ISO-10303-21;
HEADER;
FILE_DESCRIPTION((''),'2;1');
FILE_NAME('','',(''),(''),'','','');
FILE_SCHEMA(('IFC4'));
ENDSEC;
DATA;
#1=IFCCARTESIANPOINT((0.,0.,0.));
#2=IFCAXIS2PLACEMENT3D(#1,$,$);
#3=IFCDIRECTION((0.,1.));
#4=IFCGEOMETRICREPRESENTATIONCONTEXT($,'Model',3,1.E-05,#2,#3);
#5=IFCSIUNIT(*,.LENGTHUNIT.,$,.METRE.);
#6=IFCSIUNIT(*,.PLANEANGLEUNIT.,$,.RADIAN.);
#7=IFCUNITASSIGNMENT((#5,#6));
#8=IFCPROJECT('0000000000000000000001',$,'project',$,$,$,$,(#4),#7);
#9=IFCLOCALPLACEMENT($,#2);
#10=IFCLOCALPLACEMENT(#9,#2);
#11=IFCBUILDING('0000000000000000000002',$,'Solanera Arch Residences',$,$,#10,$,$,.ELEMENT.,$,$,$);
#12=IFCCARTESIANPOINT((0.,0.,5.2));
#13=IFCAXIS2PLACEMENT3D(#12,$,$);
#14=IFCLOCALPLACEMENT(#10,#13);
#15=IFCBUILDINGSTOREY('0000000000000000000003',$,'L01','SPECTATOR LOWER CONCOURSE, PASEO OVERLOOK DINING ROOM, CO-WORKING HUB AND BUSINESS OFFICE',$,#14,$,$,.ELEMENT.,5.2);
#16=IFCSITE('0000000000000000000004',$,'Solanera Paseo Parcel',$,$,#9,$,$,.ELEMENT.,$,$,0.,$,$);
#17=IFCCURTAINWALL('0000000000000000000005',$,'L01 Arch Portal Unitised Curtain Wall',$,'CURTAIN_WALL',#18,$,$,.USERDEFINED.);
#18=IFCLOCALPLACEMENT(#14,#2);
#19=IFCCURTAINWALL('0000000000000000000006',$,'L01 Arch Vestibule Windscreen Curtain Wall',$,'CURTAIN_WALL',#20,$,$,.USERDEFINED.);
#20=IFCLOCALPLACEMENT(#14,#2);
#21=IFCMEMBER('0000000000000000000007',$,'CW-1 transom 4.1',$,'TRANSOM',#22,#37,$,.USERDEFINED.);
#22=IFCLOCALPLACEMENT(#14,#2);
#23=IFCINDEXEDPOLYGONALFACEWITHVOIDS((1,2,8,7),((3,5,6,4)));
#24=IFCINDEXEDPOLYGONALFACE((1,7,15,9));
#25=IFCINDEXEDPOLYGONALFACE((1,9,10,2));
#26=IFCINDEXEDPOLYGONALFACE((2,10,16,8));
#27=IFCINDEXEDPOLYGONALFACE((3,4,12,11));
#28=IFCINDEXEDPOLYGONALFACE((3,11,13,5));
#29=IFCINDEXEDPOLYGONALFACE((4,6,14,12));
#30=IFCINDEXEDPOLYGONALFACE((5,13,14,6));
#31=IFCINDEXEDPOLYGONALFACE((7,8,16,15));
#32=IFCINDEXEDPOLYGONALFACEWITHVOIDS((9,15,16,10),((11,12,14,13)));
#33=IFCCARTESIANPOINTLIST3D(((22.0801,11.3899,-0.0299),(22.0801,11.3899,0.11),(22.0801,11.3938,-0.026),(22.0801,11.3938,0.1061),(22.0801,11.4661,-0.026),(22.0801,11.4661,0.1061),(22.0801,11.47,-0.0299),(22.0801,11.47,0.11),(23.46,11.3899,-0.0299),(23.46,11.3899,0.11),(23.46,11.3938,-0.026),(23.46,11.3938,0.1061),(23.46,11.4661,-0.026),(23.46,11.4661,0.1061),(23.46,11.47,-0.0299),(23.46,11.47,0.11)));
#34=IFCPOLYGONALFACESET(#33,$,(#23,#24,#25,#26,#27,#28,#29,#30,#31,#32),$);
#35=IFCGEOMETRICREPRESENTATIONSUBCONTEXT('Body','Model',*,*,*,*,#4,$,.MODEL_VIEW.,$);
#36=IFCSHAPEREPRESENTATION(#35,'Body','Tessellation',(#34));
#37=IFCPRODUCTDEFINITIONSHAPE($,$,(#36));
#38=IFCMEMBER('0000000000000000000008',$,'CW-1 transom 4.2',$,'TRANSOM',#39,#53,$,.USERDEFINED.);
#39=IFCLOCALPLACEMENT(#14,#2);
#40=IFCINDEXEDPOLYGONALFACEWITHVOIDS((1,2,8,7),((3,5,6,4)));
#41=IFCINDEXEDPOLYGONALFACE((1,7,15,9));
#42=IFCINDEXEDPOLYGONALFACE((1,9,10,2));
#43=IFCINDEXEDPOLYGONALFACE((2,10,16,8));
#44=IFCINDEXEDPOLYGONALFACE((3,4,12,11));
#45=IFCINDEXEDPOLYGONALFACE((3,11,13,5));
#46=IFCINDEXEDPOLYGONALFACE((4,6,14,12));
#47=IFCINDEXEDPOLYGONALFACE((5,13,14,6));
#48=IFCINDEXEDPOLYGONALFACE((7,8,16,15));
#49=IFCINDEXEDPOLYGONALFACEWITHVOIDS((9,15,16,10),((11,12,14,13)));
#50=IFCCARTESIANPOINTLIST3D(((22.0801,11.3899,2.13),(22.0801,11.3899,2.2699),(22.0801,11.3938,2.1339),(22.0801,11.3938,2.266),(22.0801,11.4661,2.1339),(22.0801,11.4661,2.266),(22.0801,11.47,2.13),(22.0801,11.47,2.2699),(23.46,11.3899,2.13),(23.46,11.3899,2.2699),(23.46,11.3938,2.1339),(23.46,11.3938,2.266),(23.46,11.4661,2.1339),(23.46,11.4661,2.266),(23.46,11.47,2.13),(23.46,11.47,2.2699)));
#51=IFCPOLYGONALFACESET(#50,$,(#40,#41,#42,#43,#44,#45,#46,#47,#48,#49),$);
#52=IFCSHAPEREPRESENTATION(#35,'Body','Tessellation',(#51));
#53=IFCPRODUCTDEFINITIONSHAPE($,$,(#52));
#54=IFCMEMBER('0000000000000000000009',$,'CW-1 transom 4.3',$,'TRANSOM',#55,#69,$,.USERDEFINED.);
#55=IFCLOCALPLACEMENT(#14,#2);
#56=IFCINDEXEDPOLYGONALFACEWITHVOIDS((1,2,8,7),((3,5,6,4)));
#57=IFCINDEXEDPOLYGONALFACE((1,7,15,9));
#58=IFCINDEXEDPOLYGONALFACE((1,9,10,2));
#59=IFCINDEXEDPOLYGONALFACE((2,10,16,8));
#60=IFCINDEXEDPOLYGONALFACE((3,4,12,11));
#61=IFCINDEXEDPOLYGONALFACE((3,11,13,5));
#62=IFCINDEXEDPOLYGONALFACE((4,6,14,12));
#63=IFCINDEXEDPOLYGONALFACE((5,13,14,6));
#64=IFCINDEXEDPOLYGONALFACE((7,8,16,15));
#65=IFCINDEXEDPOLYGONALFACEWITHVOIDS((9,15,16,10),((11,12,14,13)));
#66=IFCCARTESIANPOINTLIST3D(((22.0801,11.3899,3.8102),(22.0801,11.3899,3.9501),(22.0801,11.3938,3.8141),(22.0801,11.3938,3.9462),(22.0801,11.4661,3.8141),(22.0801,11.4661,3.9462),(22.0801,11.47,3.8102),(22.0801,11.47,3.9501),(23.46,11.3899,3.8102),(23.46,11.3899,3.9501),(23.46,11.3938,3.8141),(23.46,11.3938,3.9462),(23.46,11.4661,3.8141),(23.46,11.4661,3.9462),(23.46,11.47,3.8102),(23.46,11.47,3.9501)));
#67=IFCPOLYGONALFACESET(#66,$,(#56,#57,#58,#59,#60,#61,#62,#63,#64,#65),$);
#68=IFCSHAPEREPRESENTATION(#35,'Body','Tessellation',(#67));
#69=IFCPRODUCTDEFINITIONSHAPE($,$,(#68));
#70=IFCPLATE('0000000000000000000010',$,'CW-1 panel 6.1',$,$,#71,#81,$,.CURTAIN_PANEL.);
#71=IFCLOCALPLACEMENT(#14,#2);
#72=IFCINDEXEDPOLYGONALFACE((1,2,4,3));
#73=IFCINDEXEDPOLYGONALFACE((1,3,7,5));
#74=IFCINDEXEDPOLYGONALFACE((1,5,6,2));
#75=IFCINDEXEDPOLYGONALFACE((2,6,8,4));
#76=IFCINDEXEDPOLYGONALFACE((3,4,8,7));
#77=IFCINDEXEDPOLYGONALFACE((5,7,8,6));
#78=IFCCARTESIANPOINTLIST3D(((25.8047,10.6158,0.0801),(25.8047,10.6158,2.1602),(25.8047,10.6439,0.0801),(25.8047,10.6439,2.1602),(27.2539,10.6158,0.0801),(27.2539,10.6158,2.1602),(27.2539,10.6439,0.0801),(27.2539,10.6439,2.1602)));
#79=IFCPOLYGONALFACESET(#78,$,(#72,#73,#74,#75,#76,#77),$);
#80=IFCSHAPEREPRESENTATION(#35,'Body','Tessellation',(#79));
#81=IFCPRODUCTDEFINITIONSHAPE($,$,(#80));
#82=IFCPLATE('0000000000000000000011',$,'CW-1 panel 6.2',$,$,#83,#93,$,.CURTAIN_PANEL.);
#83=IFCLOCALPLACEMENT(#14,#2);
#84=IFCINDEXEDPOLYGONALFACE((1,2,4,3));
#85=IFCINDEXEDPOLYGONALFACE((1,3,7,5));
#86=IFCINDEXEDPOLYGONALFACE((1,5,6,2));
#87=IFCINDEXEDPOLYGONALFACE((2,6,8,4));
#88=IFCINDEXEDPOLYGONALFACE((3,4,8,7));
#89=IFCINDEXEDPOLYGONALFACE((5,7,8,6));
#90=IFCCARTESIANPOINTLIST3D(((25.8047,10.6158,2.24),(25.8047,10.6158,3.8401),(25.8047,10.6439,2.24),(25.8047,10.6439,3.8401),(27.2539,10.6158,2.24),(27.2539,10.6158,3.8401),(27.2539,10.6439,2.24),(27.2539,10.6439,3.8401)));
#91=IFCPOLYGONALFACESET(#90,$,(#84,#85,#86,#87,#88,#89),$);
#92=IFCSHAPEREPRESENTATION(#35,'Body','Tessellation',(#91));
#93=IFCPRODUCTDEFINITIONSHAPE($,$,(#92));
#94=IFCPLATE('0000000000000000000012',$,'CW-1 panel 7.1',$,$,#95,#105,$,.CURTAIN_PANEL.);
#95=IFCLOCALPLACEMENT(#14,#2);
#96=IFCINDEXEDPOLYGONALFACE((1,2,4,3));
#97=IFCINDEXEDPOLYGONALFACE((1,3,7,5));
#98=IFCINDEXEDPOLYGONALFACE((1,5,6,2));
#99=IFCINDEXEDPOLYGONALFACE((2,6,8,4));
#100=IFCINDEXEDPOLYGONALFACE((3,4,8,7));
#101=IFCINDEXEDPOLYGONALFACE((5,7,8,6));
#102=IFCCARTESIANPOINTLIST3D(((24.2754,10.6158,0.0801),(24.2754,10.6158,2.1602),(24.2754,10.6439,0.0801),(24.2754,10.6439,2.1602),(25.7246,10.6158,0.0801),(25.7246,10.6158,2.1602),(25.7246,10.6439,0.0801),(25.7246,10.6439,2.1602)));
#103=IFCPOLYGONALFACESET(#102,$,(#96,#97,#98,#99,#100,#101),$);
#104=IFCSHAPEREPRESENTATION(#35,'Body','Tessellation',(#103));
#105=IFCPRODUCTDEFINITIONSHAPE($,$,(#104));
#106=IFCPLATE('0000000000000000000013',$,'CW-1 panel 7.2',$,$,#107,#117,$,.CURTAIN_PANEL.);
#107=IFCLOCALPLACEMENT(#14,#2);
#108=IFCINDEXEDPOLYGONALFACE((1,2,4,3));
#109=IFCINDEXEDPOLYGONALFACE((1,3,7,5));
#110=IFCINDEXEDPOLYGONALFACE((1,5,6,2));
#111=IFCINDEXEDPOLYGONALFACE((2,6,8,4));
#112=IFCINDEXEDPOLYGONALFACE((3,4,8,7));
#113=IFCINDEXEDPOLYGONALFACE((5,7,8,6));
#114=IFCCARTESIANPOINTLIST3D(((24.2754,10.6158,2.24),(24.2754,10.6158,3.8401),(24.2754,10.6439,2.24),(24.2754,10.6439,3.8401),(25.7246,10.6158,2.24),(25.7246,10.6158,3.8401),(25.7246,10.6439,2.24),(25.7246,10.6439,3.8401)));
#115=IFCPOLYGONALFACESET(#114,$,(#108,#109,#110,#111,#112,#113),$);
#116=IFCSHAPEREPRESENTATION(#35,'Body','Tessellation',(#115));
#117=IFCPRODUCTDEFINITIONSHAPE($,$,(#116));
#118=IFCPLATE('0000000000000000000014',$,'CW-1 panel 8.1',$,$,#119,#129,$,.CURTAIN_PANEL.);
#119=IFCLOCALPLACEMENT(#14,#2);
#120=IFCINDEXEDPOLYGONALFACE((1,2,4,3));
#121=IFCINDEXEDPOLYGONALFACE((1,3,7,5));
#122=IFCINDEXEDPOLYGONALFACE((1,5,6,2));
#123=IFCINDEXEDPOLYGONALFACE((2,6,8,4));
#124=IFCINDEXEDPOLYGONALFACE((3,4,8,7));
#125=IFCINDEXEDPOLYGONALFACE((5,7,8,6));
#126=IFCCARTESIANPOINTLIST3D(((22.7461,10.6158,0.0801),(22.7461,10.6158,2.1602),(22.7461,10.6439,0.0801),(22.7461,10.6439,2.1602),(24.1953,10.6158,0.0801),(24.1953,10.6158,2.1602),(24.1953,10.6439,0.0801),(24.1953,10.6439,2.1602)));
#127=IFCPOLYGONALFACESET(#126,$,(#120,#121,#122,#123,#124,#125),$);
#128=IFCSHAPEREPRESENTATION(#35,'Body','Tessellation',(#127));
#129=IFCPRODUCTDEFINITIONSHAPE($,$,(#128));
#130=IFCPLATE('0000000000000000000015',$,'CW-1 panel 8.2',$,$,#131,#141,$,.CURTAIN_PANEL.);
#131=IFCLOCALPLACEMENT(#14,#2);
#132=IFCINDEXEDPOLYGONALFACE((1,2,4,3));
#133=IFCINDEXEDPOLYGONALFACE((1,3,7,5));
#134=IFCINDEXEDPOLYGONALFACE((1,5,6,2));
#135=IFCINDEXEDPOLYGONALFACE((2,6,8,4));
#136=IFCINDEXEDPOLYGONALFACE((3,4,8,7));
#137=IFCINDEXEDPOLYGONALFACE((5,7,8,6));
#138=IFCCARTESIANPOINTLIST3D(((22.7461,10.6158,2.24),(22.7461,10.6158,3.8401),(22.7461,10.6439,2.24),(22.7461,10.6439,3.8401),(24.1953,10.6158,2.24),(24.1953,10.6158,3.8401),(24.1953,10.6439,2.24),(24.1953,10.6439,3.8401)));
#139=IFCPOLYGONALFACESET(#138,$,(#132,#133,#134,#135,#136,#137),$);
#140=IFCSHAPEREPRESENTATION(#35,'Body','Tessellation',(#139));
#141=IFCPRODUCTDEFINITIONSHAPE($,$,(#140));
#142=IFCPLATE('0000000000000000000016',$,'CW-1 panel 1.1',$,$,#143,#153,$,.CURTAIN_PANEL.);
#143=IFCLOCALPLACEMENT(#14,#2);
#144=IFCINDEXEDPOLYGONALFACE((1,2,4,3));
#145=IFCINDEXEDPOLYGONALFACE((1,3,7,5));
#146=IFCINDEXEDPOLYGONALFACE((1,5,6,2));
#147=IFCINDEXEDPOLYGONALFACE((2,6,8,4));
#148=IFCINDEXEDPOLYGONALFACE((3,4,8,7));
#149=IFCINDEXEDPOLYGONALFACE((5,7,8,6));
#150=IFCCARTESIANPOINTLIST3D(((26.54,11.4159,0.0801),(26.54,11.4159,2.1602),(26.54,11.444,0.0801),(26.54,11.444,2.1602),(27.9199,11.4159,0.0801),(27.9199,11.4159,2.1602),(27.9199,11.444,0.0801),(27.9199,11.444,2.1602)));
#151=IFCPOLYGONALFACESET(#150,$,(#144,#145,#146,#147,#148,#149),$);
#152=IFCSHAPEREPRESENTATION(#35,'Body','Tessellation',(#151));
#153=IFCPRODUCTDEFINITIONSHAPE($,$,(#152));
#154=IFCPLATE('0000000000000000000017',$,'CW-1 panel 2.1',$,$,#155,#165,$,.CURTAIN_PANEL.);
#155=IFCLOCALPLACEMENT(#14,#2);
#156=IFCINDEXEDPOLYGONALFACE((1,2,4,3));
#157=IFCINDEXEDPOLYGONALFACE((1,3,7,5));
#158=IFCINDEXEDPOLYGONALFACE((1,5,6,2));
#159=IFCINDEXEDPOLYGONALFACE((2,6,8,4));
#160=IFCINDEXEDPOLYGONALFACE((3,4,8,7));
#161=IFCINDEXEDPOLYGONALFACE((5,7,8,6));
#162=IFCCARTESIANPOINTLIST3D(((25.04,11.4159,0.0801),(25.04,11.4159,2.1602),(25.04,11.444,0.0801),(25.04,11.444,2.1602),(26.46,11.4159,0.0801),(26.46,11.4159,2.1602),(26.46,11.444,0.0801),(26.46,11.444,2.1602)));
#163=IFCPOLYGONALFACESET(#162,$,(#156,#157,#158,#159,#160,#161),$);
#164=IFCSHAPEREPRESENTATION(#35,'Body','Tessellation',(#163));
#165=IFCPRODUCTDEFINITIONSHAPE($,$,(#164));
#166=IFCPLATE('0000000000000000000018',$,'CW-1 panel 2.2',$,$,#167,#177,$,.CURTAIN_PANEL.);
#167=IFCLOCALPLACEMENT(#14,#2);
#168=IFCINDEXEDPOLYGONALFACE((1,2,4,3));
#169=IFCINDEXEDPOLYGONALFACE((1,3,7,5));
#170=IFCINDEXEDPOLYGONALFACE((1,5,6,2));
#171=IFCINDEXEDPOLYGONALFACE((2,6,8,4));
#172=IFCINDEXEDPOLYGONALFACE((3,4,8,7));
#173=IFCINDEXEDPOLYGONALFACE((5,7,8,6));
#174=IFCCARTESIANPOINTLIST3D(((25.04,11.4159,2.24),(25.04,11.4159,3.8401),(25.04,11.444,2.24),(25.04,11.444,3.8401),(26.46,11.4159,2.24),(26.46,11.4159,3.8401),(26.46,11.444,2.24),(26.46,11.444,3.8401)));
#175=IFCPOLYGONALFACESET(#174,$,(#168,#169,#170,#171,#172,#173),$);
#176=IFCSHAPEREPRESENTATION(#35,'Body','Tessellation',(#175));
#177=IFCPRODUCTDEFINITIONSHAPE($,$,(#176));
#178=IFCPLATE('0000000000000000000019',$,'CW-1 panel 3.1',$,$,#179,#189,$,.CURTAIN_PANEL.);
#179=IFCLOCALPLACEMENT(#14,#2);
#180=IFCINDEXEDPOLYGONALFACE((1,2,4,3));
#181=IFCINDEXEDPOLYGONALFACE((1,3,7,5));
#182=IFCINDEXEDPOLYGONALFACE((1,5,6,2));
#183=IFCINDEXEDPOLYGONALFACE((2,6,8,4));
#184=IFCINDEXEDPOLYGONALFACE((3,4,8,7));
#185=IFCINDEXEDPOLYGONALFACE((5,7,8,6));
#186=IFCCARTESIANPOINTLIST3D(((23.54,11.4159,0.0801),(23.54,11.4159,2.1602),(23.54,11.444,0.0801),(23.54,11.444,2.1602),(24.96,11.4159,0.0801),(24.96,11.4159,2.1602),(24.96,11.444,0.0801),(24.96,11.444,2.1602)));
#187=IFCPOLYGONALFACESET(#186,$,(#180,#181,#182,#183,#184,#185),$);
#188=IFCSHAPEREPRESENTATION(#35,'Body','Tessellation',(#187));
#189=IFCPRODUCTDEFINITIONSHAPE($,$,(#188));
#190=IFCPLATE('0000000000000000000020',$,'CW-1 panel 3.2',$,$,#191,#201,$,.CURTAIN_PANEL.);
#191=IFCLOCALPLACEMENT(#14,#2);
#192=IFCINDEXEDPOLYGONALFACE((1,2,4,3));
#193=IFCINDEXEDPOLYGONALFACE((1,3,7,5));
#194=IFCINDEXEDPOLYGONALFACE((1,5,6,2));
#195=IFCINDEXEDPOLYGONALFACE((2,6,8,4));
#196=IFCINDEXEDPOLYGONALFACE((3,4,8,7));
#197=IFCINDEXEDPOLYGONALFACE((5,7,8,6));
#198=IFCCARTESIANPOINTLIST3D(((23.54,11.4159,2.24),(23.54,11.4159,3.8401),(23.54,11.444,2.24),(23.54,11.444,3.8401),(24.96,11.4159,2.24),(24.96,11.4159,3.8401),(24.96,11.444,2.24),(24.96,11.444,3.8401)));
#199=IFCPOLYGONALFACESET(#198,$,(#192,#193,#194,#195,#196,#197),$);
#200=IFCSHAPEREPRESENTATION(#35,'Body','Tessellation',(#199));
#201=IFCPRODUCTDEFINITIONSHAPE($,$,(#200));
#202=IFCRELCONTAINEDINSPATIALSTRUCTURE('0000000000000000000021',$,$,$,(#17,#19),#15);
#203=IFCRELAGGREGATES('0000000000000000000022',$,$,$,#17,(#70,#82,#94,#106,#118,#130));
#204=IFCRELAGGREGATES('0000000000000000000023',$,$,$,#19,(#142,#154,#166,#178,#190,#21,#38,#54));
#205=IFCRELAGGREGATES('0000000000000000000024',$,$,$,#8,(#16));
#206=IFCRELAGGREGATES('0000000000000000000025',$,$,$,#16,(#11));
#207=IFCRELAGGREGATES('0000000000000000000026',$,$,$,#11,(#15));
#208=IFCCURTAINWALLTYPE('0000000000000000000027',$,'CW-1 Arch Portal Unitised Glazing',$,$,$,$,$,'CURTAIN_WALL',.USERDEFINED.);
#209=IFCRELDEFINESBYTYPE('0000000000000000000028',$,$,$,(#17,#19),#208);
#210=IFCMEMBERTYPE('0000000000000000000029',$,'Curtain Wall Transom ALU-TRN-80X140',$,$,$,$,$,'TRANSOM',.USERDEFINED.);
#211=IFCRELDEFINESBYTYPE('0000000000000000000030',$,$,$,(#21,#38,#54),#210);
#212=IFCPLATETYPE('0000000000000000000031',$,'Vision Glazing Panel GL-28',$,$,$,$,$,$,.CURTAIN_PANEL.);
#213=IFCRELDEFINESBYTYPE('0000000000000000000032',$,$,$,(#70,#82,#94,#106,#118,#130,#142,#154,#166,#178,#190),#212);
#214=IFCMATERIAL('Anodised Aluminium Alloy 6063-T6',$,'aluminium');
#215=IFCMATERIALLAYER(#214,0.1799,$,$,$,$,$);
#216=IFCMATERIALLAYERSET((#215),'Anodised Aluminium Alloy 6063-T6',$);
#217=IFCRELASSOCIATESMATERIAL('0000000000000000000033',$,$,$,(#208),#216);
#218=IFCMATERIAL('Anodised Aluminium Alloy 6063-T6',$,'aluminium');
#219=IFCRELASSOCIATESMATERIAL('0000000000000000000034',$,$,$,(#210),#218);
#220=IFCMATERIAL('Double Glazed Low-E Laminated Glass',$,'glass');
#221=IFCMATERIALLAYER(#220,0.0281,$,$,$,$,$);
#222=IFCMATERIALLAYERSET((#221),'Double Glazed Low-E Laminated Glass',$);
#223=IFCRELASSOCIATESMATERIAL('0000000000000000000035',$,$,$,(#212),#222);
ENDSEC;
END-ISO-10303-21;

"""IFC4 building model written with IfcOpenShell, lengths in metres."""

from ifc_helpers import new_model, si_unit, direction, frame, origin, origin_2d, place, context, subcontext, project, spatial, rectangle, hollow_rectangle, extrude, material, layer, layer_set, material_profile, profile_set, type_object, element, aggregate, save


model = new_model("IFC4")

# Units and contexts
model_context = context("Model", 3, precision=1e-05, world=origin(), true_north=direction((0.0, 1.0)))
body_context = subcontext(model_context, "Body", "Model", "MODEL_VIEW")
ifc_project = project(units=[si_unit("LENGTHUNIT", "METRE"), si_unit("PLANEANGLEUNIT", "RADIAN")], contexts=[model_context])

# Site, building, storey
site_placement = place(None, origin())
site = spatial("IfcSite", under=ifc_project, at=site_placement, Name="Solanera Paseo Parcel", CompositionType="ELEMENT", RefElevation=0.0)
building_placement = place(site_placement, origin())
building = spatial("IfcBuilding", under=site, at=building_placement, Name="Solanera Arch Residences", CompositionType="ELEMENT")
storey_placement = place(building_placement, frame((0.0, 0.0, 5.2)))
storey = spatial("IfcBuildingStorey", under=building, at=storey_placement, Name="L01", Description="SPECTATOR LOWER CONCOURSE, PASEO OVERLOOK DINING ROOM, CO-WORKING HUB AND BUSINESS OFFICE", CompositionType="ELEMENT", Elevation=5.2)

# Curtain walls
ifc_material_1 = material(Name="Anodised Aluminium Alloy 6063-T6", Category="aluminium")
ifc_layer_1 = layer(ifc_material_1, 0.1799)
ifc_layer_set_1 = layer_set([ifc_layer_1], Name="Anodised Aluminium Alloy 6063-T6")
curtain_wall_type = type_object("IfcCurtainWallType", Name="CW-1 Arch Portal Unitised Glazing", ElementType="CURTAIN_WALL", PredefinedType="USERDEFINED", material=ifc_layer_set_1)
curtain_wall_1_placement = place(storey_placement, origin())
curtain_wall_1 = element("IfcCurtainWall", 1, at=curtain_wall_1_placement, inside=storey, type_object=curtain_wall_type, Name="L01 Arch Portal Unitised Curtain Wall", ObjectType="CURTAIN_WALL", PredefinedType="USERDEFINED")
curtain_wall_2_placement = place(storey_placement, origin())
curtain_wall_2 = element("IfcCurtainWall", 2, at=curtain_wall_2_placement, inside=storey, type_object=curtain_wall_type, Name="L01 Arch Vestibule Windscreen Curtain Wall", ObjectType="CURTAIN_WALL", PredefinedType="USERDEFINED")

# Members
ifc_material_2 = material(Name="Anodised Aluminium Alloy 6063-T6", Category="aluminium")
ifc_material_profile_1 = material_profile(ifc_material_2, hollow_rectangle(XDim=0.0801, YDim=0.1399, WallThickness=0.0039, at=origin_2d()))
ifc_profile_set_1 = profile_set([ifc_material_profile_1], Name="Anodised Aluminium Alloy 6063-T6")
member_type_1 = type_object("IfcMemberType", Name="Curtain Wall Transom ALU-TRN-80X140", ElementType="TRANSOM", PredefinedType="USERDEFINED", material=ifc_profile_set_1)
member_1_placement = place(storey_placement, frame((23.46, 11.4299, 0.04), z_axis=(-1.0, 0.0, 0.0), x_axis=(0.0, -1.0, 0.0)))
member_1 = element("IfcMember", 3, at=member_1_placement, type_object=member_type_1, Name="CW-1 transom 4.1", ObjectType="TRANSOM", PredefinedType="USERDEFINED", context=body_context, shape_type="SweptSolid", body=[
    extrude(hollow_rectangle(XDim=0.0801, YDim=0.1399, WallThickness=0.0039, at=origin_2d()), origin(), (0.0, 0.0, 1.0), 1.3799),
])
member_2_placement = place(storey_placement, frame((23.46, 11.4299, 2.2), z_axis=(-1.0, 0.0, 0.0), x_axis=(0.0, -1.0, 0.0)))
member_2 = element("IfcMember", 4, at=member_2_placement, type_object=member_type_1, Name="CW-1 transom 4.2", ObjectType="TRANSOM", PredefinedType="USERDEFINED", context=body_context, shape_type="SweptSolid", body=[
    extrude(hollow_rectangle(XDim=0.0801, YDim=0.1399, WallThickness=0.0039, at=origin_2d()), origin(), (0.0, 0.0, 1.0), 1.3799),
])
member_3_placement = place(storey_placement, frame((23.46, 11.4299, 3.8801), z_axis=(-1.0, 0.0, 0.0), x_axis=(0.0, -1.0, 0.0)))
member_3 = element("IfcMember", 5, at=member_3_placement, type_object=member_type_1, Name="CW-1 transom 4.3", ObjectType="TRANSOM", PredefinedType="USERDEFINED", context=body_context, shape_type="SweptSolid", body=[
    extrude(hollow_rectangle(XDim=0.0801, YDim=0.1399, WallThickness=0.0039, at=origin_2d()), origin(), (0.0, 0.0, 1.0), 1.3799),
])

# Plates
ifc_material_3 = material(Name="Double Glazed Low-E Laminated Glass", Category="glass")
ifc_layer_2 = layer(ifc_material_3, 0.0281)
ifc_layer_set_2 = layer_set([ifc_layer_2], Name="Double Glazed Low-E Laminated Glass")
plate_type = type_object("IfcPlateType", Name="Vision Glazing Panel GL-28", PredefinedType="CURTAIN_PANEL", material=ifc_layer_set_2)
plate_1_placement = place(storey_placement, frame((26.5293, 10.6299, 0.0801), z_axis=(0.0, 0.0, 1.0), x_axis=(-1.0, 0.0, 0.0)))
plate_1 = element("IfcPlate", 6, at=plate_1_placement, type_object=plate_type, Name="CW-1 panel 6.1", PredefinedType="CURTAIN_PANEL", context=body_context, shape_type="SweptSolid", body=[
    extrude(rectangle(XDim=1.4492, YDim=0.0281, at=origin_2d()), origin(), (0.0, 0.0, 1.0), 2.0801),
])
plate_2_placement = place(storey_placement, frame((26.5293, 10.6299, 2.24), z_axis=(0.0, 0.0, 1.0), x_axis=(-1.0, 0.0, 0.0)))
plate_2 = element("IfcPlate", 7, at=plate_2_placement, type_object=plate_type, Name="CW-1 panel 6.2", PredefinedType="CURTAIN_PANEL", context=body_context, shape_type="SweptSolid", body=[
    extrude(rectangle(XDim=1.4492, YDim=0.0281, at=origin_2d()), origin(), (0.0, 0.0, 1.0), 1.6001),
])
plate_3_placement = place(storey_placement, frame((25.0, 10.6299, 0.0801), z_axis=(0.0, 0.0, 1.0), x_axis=(-1.0, 0.0, 0.0)))
plate_3 = element("IfcPlate", 8, at=plate_3_placement, type_object=plate_type, Name="CW-1 panel 7.1", PredefinedType="CURTAIN_PANEL", context=body_context, shape_type="SweptSolid", body=[
    extrude(rectangle(XDim=1.4492, YDim=0.0281, at=origin_2d()), origin(), (0.0, 0.0, 1.0), 2.0801),
])
plate_4_placement = place(storey_placement, frame((25.0, 10.6299, 2.24), z_axis=(0.0, 0.0, 1.0), x_axis=(-1.0, 0.0, 0.0)))
plate_4 = element("IfcPlate", 9, at=plate_4_placement, type_object=plate_type, Name="CW-1 panel 7.2", PredefinedType="CURTAIN_PANEL", context=body_context, shape_type="SweptSolid", body=[
    extrude(rectangle(XDim=1.4492, YDim=0.0281, at=origin_2d()), origin(), (0.0, 0.0, 1.0), 1.6001),
])
plate_5_placement = place(storey_placement, frame((23.4707, 10.6299, 0.0801), z_axis=(0.0, 0.0, 1.0), x_axis=(-1.0, 0.0, 0.0)))
plate_5 = element("IfcPlate", 10, at=plate_5_placement, type_object=plate_type, Name="CW-1 panel 8.1", PredefinedType="CURTAIN_PANEL", context=body_context, shape_type="SweptSolid", body=[
    extrude(rectangle(XDim=1.4492, YDim=0.0281, at=origin_2d()), origin(), (0.0, 0.0, 1.0), 2.0801),
])
plate_6_placement = place(storey_placement, frame((23.4707, 10.6299, 2.24), z_axis=(0.0, 0.0, 1.0), x_axis=(-1.0, 0.0, 0.0)))
plate_6 = element("IfcPlate", 11, at=plate_6_placement, type_object=plate_type, Name="CW-1 panel 8.2", PredefinedType="CURTAIN_PANEL", context=body_context, shape_type="SweptSolid", body=[
    extrude(rectangle(XDim=1.4492, YDim=0.0281, at=origin_2d()), origin(), (0.0, 0.0, 1.0), 1.6001),
])
aggregate(curtain_wall_1, [plate_1, plate_2, plate_3, plate_4, plate_5, plate_6])
plate_7_placement = place(storey_placement, frame((27.23, 11.4299, 0.0801), z_axis=(0.0, 0.0, 1.0), x_axis=(-1.0, 0.0, 0.0)))
plate_7 = element("IfcPlate", 12, at=plate_7_placement, type_object=plate_type, Name="CW-1 panel 1.1", PredefinedType="CURTAIN_PANEL", context=body_context, shape_type="SweptSolid", body=[
    extrude(rectangle(XDim=1.3799, YDim=0.0281, at=origin_2d()), origin(), (0.0, 0.0, 1.0), 2.0801),
])
plate_8_placement = place(storey_placement, frame((25.75, 11.4299, 0.0801), z_axis=(0.0, 0.0, 1.0), x_axis=(-1.0, 0.0, 0.0)))
plate_8 = element("IfcPlate", 13, at=plate_8_placement, type_object=plate_type, Name="CW-1 panel 2.1", PredefinedType="CURTAIN_PANEL", context=body_context, shape_type="SweptSolid", body=[
    extrude(rectangle(XDim=1.4199, YDim=0.0281, at=origin_2d()), origin(), (0.0, 0.0, 1.0), 2.0801),
])
plate_9_placement = place(storey_placement, frame((25.75, 11.4299, 2.24), z_axis=(0.0, 0.0, 1.0), x_axis=(-1.0, 0.0, 0.0)))
plate_9 = element("IfcPlate", 14, at=plate_9_placement, type_object=plate_type, Name="CW-1 panel 2.2", PredefinedType="CURTAIN_PANEL", context=body_context, shape_type="SweptSolid", body=[
    extrude(rectangle(XDim=1.4199, YDim=0.0281, at=origin_2d()), origin(), (0.0, 0.0, 1.0), 1.6001),
])
plate_10_placement = place(storey_placement, frame((24.25, 11.4299, 0.0801), z_axis=(0.0, 0.0, 1.0), x_axis=(-1.0, 0.0, 0.0)))
plate_10 = element("IfcPlate", 15, at=plate_10_placement, type_object=plate_type, Name="CW-1 panel 3.1", PredefinedType="CURTAIN_PANEL", context=body_context, shape_type="SweptSolid", body=[
    extrude(rectangle(XDim=1.4199, YDim=0.0281, at=origin_2d()), origin(), (0.0, 0.0, 1.0), 2.0801),
])
plate_11_placement = place(storey_placement, frame((24.25, 11.4299, 2.24), z_axis=(0.0, 0.0, 1.0), x_axis=(-1.0, 0.0, 0.0)))
plate_11 = element("IfcPlate", 16, at=plate_11_placement, type_object=plate_type, Name="CW-1 panel 3.2", PredefinedType="CURTAIN_PANEL", context=body_context, shape_type="SweptSolid", body=[
    extrude(rectangle(XDim=1.4199, YDim=0.0281, at=origin_2d()), origin(), (0.0, 0.0, 1.0), 1.6001),
])
aggregate(curtain_wall_2, [plate_7, plate_8, plate_9, plate_10, plate_11, member_1, member_2, member_3])

save(model, "model.ifc")
